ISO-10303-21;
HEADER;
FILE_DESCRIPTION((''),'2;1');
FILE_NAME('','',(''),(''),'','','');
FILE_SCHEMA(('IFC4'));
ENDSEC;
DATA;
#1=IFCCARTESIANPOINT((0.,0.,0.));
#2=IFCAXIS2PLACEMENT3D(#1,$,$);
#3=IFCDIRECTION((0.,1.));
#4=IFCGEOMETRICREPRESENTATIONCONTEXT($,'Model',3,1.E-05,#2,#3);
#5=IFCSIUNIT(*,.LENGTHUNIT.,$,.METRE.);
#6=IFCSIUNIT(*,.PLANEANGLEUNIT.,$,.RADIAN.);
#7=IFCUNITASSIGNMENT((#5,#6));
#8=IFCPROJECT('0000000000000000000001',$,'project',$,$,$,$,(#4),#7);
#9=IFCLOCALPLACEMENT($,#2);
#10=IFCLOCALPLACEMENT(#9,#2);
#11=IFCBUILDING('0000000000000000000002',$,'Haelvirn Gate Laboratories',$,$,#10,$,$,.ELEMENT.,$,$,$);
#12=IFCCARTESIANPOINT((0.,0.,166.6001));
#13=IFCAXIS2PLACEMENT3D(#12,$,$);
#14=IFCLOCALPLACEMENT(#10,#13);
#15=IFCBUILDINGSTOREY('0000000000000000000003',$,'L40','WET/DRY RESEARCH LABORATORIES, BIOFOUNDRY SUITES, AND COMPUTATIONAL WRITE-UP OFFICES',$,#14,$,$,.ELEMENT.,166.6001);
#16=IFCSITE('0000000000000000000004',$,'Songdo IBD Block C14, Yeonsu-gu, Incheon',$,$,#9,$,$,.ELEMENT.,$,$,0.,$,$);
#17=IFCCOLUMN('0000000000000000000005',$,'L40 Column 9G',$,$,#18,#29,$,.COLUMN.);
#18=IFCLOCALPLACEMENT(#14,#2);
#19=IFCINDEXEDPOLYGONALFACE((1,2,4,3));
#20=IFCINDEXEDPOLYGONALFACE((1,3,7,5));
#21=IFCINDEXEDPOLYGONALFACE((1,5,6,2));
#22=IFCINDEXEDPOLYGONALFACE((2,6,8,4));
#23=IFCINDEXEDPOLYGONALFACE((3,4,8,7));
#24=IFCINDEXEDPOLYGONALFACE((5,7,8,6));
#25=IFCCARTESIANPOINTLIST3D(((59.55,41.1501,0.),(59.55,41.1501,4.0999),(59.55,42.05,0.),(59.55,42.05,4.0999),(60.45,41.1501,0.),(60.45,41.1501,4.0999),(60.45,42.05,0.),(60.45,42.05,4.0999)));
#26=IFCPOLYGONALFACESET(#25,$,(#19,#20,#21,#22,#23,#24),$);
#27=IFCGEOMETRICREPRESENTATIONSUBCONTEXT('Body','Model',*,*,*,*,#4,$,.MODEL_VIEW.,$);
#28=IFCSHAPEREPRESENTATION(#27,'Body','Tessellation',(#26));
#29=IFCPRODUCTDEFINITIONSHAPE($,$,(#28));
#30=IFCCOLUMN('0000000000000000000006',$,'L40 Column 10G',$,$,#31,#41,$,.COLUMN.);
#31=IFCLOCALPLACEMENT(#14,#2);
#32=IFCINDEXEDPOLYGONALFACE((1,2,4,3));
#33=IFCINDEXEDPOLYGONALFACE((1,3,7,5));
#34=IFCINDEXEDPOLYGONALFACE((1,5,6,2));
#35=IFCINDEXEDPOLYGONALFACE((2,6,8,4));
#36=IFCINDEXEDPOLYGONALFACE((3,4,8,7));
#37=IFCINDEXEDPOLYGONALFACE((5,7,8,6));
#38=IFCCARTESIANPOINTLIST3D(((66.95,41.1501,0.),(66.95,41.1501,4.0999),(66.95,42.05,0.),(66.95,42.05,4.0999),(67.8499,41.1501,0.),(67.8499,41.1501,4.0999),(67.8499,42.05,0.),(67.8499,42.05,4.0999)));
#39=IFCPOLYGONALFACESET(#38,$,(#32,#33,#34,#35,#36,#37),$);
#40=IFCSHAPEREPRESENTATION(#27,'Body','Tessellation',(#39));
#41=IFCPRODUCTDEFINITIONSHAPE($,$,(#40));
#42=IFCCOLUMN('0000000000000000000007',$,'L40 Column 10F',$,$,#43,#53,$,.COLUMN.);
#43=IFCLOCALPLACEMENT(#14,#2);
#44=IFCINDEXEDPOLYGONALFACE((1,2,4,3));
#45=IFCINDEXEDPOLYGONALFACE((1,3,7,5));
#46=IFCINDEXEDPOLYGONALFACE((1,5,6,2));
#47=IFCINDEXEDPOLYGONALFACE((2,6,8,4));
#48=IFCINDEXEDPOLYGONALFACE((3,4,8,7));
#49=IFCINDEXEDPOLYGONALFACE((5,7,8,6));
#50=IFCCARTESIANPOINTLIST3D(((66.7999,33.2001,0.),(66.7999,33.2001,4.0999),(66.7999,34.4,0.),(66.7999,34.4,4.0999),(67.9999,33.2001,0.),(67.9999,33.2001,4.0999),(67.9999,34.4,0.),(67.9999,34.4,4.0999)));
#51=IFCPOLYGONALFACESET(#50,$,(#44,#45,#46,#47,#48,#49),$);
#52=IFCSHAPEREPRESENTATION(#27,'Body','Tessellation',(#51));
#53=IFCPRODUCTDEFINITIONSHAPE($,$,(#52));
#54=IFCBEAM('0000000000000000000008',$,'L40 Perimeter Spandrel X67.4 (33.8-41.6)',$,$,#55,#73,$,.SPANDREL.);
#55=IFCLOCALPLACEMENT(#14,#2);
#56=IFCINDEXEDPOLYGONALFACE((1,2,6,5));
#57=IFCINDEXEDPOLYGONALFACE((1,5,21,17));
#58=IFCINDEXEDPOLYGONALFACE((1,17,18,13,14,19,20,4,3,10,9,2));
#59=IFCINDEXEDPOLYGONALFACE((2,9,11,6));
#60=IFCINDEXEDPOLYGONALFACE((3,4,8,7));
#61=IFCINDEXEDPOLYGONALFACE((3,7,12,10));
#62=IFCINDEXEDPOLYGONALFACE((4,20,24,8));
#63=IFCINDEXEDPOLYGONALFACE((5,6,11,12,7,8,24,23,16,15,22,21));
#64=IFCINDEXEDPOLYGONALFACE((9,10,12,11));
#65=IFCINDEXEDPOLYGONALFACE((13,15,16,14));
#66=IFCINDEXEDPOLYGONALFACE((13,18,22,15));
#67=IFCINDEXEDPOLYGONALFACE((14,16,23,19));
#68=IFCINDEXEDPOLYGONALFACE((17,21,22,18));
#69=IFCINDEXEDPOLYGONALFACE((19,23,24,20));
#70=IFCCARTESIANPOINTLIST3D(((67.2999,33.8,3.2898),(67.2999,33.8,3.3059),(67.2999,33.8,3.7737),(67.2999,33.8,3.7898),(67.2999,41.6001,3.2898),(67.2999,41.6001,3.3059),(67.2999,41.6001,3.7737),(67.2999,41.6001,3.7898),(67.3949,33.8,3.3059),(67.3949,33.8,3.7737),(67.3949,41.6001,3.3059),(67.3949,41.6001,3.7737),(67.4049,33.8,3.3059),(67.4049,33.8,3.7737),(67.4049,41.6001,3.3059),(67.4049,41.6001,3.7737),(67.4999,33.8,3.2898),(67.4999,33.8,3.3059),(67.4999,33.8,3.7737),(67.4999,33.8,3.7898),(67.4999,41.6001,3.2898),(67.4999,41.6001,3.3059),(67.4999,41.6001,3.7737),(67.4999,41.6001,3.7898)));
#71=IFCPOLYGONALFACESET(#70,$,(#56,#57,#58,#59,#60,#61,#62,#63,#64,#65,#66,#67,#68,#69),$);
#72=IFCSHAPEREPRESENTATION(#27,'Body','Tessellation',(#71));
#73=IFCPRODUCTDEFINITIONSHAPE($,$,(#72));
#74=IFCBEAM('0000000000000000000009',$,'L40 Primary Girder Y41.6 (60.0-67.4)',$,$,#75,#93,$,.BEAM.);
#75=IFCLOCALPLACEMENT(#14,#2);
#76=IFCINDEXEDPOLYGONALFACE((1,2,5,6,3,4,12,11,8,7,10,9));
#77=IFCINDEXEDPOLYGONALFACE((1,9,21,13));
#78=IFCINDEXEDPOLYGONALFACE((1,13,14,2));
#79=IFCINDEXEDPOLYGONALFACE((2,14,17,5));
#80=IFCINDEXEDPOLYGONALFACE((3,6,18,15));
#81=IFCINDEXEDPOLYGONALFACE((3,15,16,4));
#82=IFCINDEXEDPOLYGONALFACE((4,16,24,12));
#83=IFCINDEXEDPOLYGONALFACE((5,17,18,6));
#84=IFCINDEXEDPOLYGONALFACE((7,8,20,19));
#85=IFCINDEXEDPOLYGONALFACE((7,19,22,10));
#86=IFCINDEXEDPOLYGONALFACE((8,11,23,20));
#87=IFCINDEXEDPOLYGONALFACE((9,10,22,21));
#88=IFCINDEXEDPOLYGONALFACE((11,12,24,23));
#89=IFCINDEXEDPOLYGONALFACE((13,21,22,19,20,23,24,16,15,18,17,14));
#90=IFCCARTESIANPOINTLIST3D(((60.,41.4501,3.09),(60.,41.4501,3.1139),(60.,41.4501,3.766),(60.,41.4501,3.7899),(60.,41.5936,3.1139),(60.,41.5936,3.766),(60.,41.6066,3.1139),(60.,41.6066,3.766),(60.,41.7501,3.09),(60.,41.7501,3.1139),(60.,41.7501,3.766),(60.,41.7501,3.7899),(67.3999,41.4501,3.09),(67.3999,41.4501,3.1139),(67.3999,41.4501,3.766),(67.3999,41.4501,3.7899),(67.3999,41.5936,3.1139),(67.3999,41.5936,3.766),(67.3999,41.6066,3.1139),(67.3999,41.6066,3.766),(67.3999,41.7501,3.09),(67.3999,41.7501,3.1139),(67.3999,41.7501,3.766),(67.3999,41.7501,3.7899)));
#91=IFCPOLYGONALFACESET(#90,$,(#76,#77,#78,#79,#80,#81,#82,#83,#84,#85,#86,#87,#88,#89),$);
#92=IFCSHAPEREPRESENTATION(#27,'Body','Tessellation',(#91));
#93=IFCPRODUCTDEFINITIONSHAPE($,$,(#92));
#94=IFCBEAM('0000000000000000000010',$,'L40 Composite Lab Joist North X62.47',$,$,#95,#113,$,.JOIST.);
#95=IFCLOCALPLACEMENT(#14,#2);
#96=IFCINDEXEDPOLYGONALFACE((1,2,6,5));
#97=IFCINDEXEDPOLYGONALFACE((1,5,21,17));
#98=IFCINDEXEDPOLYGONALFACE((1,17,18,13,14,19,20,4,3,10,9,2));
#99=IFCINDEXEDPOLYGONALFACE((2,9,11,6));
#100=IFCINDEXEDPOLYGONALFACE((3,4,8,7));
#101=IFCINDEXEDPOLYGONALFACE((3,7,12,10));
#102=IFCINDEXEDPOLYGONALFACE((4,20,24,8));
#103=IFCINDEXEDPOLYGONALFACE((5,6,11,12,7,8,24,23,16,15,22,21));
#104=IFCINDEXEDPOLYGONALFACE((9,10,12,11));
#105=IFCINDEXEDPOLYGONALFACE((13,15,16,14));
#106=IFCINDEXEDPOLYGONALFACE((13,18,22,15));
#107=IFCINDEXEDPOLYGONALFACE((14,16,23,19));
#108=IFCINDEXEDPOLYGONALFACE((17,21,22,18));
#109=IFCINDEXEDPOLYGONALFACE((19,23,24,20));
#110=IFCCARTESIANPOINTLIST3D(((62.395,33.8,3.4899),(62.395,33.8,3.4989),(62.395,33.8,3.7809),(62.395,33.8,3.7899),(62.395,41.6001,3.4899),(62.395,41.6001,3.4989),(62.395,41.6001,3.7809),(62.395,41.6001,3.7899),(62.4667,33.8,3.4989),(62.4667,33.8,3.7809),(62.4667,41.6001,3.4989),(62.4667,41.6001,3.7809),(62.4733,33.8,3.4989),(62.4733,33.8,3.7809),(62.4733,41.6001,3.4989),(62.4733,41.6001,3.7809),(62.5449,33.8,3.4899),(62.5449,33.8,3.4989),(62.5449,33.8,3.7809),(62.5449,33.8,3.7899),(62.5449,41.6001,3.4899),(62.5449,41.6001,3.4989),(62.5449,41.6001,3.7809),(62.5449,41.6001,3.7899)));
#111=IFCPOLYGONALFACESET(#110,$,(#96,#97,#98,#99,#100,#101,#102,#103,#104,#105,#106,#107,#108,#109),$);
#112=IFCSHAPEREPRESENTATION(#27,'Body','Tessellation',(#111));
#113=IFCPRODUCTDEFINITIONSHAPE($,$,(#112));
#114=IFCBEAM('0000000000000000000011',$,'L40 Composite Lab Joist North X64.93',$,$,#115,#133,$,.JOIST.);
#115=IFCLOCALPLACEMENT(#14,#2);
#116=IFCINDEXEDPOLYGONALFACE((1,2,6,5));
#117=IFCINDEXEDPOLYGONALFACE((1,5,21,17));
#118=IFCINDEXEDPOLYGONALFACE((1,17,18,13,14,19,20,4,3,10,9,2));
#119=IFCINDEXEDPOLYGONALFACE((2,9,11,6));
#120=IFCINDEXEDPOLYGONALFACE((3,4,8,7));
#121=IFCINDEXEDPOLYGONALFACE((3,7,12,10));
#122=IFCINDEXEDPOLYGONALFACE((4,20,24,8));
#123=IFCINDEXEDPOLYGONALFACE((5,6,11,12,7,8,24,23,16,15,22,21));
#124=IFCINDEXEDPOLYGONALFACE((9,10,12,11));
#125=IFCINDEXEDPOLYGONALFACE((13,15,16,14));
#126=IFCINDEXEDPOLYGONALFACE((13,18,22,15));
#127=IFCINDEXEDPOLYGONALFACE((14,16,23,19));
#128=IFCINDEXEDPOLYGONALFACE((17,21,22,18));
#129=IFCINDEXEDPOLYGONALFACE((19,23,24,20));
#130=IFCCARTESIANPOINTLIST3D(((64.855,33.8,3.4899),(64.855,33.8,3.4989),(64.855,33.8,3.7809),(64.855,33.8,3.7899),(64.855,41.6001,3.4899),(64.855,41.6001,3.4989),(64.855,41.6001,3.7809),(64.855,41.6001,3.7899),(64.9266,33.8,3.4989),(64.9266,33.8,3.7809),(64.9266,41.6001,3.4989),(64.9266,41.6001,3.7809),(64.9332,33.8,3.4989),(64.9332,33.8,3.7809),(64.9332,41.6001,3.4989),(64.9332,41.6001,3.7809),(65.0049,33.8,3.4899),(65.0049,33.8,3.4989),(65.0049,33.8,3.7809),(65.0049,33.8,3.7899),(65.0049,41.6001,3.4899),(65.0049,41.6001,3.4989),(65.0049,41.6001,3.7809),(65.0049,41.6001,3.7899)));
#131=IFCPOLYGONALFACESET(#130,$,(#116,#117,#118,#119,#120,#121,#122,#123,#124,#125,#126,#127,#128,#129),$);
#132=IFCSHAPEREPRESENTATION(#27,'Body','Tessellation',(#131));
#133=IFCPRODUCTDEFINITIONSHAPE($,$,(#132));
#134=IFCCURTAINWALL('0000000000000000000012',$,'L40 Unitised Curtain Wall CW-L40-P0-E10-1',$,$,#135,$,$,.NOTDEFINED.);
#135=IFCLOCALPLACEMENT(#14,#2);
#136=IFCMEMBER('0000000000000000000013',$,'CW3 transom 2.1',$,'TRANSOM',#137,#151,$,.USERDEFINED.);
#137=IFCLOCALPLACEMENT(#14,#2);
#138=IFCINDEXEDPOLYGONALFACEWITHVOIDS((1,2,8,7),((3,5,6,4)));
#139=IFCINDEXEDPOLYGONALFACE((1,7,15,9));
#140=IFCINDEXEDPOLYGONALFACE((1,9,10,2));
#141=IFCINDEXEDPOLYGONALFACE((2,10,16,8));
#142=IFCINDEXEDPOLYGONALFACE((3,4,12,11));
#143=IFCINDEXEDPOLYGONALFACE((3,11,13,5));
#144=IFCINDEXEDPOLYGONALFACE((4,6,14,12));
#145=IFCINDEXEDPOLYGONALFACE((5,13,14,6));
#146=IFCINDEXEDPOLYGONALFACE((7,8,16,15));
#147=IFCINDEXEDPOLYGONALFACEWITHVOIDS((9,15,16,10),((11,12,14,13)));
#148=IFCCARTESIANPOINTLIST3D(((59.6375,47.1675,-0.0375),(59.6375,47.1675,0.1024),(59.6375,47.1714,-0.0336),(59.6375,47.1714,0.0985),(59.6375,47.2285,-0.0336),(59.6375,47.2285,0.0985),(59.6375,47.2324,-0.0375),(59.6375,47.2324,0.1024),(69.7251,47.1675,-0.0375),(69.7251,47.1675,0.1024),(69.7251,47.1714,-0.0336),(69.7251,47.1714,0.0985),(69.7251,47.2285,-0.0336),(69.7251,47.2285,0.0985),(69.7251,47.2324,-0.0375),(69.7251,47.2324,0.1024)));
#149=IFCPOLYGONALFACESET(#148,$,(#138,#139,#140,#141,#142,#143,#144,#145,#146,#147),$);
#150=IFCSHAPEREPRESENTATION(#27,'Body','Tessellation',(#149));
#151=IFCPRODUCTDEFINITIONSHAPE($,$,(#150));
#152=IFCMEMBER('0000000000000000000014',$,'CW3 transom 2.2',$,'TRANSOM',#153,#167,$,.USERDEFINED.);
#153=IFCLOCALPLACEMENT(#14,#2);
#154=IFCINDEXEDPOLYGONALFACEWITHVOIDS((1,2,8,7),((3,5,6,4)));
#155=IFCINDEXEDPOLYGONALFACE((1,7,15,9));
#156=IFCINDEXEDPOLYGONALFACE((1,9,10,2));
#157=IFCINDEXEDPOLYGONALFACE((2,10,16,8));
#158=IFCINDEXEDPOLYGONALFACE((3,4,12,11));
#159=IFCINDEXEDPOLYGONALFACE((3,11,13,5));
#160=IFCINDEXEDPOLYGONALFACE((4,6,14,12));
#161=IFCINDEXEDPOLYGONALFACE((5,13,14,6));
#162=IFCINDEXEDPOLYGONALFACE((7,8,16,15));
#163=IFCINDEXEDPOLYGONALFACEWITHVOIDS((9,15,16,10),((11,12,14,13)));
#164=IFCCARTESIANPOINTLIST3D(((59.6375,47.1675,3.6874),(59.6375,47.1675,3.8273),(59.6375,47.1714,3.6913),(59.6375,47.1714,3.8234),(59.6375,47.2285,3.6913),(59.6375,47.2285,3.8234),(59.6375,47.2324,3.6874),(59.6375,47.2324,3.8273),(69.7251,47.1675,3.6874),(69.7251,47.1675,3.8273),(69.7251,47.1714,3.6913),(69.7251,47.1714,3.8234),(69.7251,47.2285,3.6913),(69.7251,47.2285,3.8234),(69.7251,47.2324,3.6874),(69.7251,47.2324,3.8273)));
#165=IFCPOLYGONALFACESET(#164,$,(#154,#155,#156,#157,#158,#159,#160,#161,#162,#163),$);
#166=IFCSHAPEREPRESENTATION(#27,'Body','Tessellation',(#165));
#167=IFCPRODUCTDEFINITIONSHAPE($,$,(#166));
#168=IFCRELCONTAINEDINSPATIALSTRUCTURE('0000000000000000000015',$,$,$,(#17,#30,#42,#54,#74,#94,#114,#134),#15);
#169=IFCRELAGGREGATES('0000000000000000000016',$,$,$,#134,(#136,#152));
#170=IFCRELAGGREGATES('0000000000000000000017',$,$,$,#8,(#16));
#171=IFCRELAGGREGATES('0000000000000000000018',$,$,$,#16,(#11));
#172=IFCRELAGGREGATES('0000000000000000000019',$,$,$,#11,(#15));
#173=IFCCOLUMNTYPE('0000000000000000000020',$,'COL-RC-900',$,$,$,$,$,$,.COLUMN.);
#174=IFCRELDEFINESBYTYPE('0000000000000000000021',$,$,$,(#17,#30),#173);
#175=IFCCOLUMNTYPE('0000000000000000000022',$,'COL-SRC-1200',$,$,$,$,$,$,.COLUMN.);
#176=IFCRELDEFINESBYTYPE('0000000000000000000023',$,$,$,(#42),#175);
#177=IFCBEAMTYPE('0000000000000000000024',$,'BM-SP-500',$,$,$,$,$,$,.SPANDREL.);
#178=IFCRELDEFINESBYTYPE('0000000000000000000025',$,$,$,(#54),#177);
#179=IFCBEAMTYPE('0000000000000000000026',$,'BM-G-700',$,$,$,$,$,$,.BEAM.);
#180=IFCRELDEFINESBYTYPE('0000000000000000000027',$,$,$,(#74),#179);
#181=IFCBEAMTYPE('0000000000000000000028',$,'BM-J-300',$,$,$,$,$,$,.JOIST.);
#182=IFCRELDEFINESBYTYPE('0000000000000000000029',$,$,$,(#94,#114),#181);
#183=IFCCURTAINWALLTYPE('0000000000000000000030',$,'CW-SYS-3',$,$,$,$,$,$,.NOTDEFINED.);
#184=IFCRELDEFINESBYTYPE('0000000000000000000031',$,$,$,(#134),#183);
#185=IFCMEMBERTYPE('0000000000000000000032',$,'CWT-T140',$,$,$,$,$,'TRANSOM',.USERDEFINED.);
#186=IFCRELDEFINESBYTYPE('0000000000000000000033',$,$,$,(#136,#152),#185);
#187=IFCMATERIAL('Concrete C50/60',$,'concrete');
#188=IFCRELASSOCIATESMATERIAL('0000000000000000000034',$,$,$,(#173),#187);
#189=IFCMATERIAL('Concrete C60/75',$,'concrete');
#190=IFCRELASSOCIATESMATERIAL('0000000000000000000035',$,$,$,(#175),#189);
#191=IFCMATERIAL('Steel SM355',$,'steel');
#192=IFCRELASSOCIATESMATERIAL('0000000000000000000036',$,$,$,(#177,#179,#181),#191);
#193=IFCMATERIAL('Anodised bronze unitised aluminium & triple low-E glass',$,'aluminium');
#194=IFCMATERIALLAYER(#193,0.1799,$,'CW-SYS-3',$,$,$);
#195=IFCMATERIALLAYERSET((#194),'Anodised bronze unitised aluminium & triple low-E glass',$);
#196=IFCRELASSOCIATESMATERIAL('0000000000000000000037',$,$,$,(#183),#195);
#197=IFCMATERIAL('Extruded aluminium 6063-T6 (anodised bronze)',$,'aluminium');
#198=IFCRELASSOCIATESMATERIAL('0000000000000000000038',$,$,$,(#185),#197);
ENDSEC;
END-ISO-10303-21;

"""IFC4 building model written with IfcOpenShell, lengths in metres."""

from ifc_helpers import new_model, si_unit, direction, frame, origin, origin_2d, place, context, subcontext, project, spatial, rectangle, hollow_rectangle, i_section, extrude, source, transform, mapped, material, layer, layer_set, material_profile, profile_set, type_object, type_shapes, element, aggregate, save


model = new_model("IFC4")

# Units and contexts
model_context = context("Model", 3, precision=1e-05, world=origin(), true_north=direction((0.0, 1.0)))
body_context = subcontext(model_context, "Body", "Model", "MODEL_VIEW")
ifc_project = project(units=[si_unit("LENGTHUNIT", "METRE"), si_unit("PLANEANGLEUNIT", "RADIAN")], contexts=[model_context])

# Site, building, storey
site_placement = place(None, origin())
site = spatial("IfcSite", under=ifc_project, at=site_placement, Name="Songdo IBD Block C14, Yeonsu-gu, Incheon", CompositionType="ELEMENT", RefElevation=0.0)
building_placement = place(site_placement, origin())
building = spatial("IfcBuilding", under=site, at=building_placement, Name="Haelvirn Gate Laboratories", CompositionType="ELEMENT")
storey_placement = place(building_placement, frame((0.0, 0.0, 166.6001)))
storey = spatial("IfcBuildingStorey", under=building, at=storey_placement, Name="L40", Description="WET/DRY RESEARCH LABORATORIES, BIOFOUNDRY SUITES, AND COMPUTATIONAL WRITE-UP OFFICES", CompositionType="ELEMENT", Elevation=166.6001)

# Columns
ifc_material_1 = material(Name="Concrete C50/60", Category="concrete")
ifc_material_profile_1 = material_profile(ifc_material_1, rectangle(XDim=0.8999, YDim=0.8999, at=origin_2d()), Name="RC-900x900")
ifc_profile_set_1 = profile_set([ifc_material_profile_1], Name="Concrete C50/60")
column_type_1 = type_object("IfcColumnType", Name="COL-RC-900", PredefinedType="COLUMN", material=ifc_profile_set_1)
shared_shape_1 = source(origin(), body_context, "Body", "SweptSolid", [
    extrude(rectangle(XDim=0.8999, YDim=0.8999, at=origin_2d()), origin(), (0.0, 0.0, 1.0), 4.0999),
])
type_shapes(column_type_1, [shared_shape_1])
for number, where, z_axis, x_axis, name in (
    (1, (60.0, 41.6001, 0.0), (0.0, 0.0, 1.0), (1.0, 0.0, 0.0), "L40 Column 9G"),
    (2, (67.3999, 41.6001, 0.0), (0.0, 0.0, 1.0), (1.0, 0.0, 0.0), "L40 Column 10G"),
):
    element("IfcColumn", number, at=place(storey_placement, frame(where, z_axis=z_axis, x_axis=x_axis)), inside=storey, type_object=column_type_1, Name=name, PredefinedType="COLUMN", context=body_context, shape_type="MappedRepresentation", body=[
        mapped(shared_shape_1, transform((0.0, 0.0, 0.0), scale=1.0)),
    ])
ifc_material_2 = material(Name="Concrete C60/75", Category="concrete")
ifc_material_profile_2 = material_profile(ifc_material_2, rectangle(XDim=1.2, YDim=1.2, at=origin_2d()), Name="SRC-1200x1200")
ifc_profile_set_2 = profile_set([ifc_material_profile_2], Name="Concrete C60/75")
column_type_2 = type_object("IfcColumnType", Name="COL-SRC-1200", PredefinedType="COLUMN", material=ifc_profile_set_2)
shared_shape_2 = source(origin(), body_context, "Body", "SweptSolid", [
    extrude(rectangle(XDim=1.2, YDim=1.2, at=origin_2d()), origin(), (0.0, 0.0, 1.0), 4.0999),
])
type_shapes(column_type_2, [shared_shape_2])
column_placement = place(storey_placement, frame((67.3999, 33.8, 0.0), z_axis=(0.0, 0.0, 1.0), x_axis=(1.0, 0.0, 0.0)))
element("IfcColumn", 3, at=column_placement, inside=storey, type_object=column_type_2, Name="L40 Column 10F", PredefinedType="COLUMN", context=body_context, shape_type="MappedRepresentation", body=[
    mapped(shared_shape_2, transform((0.0, 0.0, 0.0), scale=1.0)),
])

# Beams
ifc_material_3 = material(Name="Steel SM355", Category="steel")
ifc_material_profile_3 = material_profile(ifc_material_3, i_section(OverallWidth=0.2, OverallDepth=0.5, WebThickness=0.01, FlangeThickness=0.0161, at=origin_2d()), Name="H-500x200x10x16")
ifc_profile_set_3 = profile_set([ifc_material_profile_3], Name="Steel SM355")
beam_type_1 = type_object("IfcBeamType", Name="BM-SP-500", PredefinedType="SPANDREL", material=ifc_profile_set_3)
shared_shape_3 = source(origin(), body_context, "Body", "SweptSolid", [
    extrude(i_section(OverallWidth=0.2, OverallDepth=0.5, WebThickness=0.01, FlangeThickness=0.0161, at=origin_2d()), origin(), (0.0, 0.0, 1.0), 7.8),
])
type_shapes(beam_type_1, [shared_shape_3])
beam_1_placement = place(storey_placement, frame((67.3999, 33.8, 3.5398), z_axis=(0.0, 1.0, 0.0), x_axis=(-1.0, 0.0, 0.0)))
element("IfcBeam", 4, at=beam_1_placement, inside=storey, type_object=beam_type_1, Name="L40 Perimeter Spandrel X67.4 (33.8-41.6)", PredefinedType="SPANDREL", context=body_context, shape_type="MappedRepresentation", body=[
    mapped(shared_shape_3, transform((0.0, 0.0, 0.0), scale=1.0)),
])
ifc_material_profile_4 = material_profile(ifc_material_3, i_section(OverallWidth=0.3, OverallDepth=0.7, WebThickness=0.0129, FlangeThickness=0.0239, at=origin_2d()), Name="H-700x300x13x24")
ifc_profile_set_4 = profile_set([ifc_material_profile_4], Name="Steel SM355")
beam_type_2 = type_object("IfcBeamType", Name="BM-G-700", PredefinedType="BEAM", material=ifc_profile_set_4)
shared_shape_4 = source(origin(), body_context, "Body", "SweptSolid", [
    extrude(i_section(OverallWidth=0.3, OverallDepth=0.7, WebThickness=0.0129, FlangeThickness=0.0239, at=origin_2d()), origin(), (0.0, 0.0, 1.0), 7.3999),
])
type_shapes(beam_type_2, [shared_shape_4])
beam_2_placement = place(storey_placement, frame((60.0, 41.6001, 3.4399), z_axis=(1.0, 0.0, 0.0), x_axis=(0.0, 1.0, 0.0)))
element("IfcBeam", 5, at=beam_2_placement, inside=storey, type_object=beam_type_2, Name="L40 Primary Girder Y41.6 (60.0-67.4)", PredefinedType="BEAM", context=body_context, shape_type="MappedRepresentation", body=[
    mapped(shared_shape_4, transform((0.0, 0.0, 0.0), scale=1.0)),
])
ifc_material_profile_5 = material_profile(ifc_material_3, i_section(OverallWidth=0.1499, OverallDepth=0.3, WebThickness=0.0066, FlangeThickness=0.009, at=origin_2d()), Name="H-300x150x6.5x9")
ifc_profile_set_5 = profile_set([ifc_material_profile_5], Name="Steel SM355")
beam_type_3 = type_object("IfcBeamType", Name="BM-J-300", PredefinedType="JOIST", material=ifc_profile_set_5)
shared_shape_5 = source(origin(), body_context, "Body", "SweptSolid", [
    extrude(i_section(OverallWidth=0.1499, OverallDepth=0.3, WebThickness=0.0066, FlangeThickness=0.009, at=origin_2d()), origin(), (0.0, 0.0, 1.0), 7.8),
])
type_shapes(beam_type_3, [shared_shape_5])
for number, where, z_axis, x_axis, name in (
    (6, (62.47, 33.8, 3.6399), (0.0, 1.0, 0.0), (-1.0, 0.0, 0.0), "L40 Composite Lab Joist North X62.47"),
    (7, (64.9299, 33.8, 3.6399), (0.0, 1.0, 0.0), (-1.0, 0.0, 0.0), "L40 Composite Lab Joist North X64.93"),
):
    element("IfcBeam", number, at=place(storey_placement, frame(where, z_axis=z_axis, x_axis=x_axis)), inside=storey, type_object=beam_type_3, Name=name, PredefinedType="JOIST", context=body_context, shape_type="MappedRepresentation", body=[
        mapped(shared_shape_5, transform((0.0, 0.0, 0.0), scale=1.0)),
    ])

# Curtain wall, members
ifc_material_4 = material(Name="Anodised bronze unitised aluminium & triple low-E glass", Category="aluminium")
ifc_layer_1 = layer(ifc_material_4, 0.1799, Name="CW-SYS-3")
ifc_layer_set_1 = layer_set([ifc_layer_1], Name="Anodised bronze unitised aluminium & triple low-E glass")
curtain_wall_type_1 = type_object("IfcCurtainWallType", Name="CW-SYS-3", PredefinedType="NOTDEFINED", material=ifc_layer_set_1)
curtain_wall_1_placement = place(storey_placement, origin())
curtain_wall_1 = element("IfcCurtainWall", 8, at=curtain_wall_1_placement, inside=storey, type_object=curtain_wall_type_1, Name="L40 Unitised Curtain Wall CW-L40-P0-E10-1", PredefinedType="NOTDEFINED")
ifc_material_5 = material(Name="Extruded aluminium 6063-T6 (anodised bronze)", Category="aluminium")
ifc_material_profile_6 = material_profile(ifc_material_5, hollow_rectangle(XDim=0.0649, YDim=0.1399, WallThickness=0.0039, at=origin_2d()), Name="CWT-140x65x4")
ifc_profile_set_6 = profile_set([ifc_material_profile_6], Name="Extruded aluminium 6063-T6 (anodised bronze)")
member_type_1 = type_object("IfcMemberType", Name="CWT-T140", ElementType="TRANSOM", PredefinedType="USERDEFINED", material=ifc_profile_set_6)
shared_shape_6 = source(origin(), body_context, "Body", "SweptSolid", [
    extrude(hollow_rectangle(XDim=0.0649, YDim=0.1399, WallThickness=0.0039, at=origin_2d()), origin(), (0.0, 0.0, 1.0), 10.0876),
])
member_1_placement = place(storey_placement, frame((59.6375, 47.2, 0.0325), z_axis=(1.0, 0.0, 0.0), x_axis=(0.0, 1.0, 0.0)))
member_1 = element("IfcMember", 9, at=member_1_placement, type_object=member_type_1, Name="CW3 transom 2.1", ObjectType="TRANSOM", PredefinedType="USERDEFINED", context=body_context, shape_type="MappedRepresentation", body=[
    mapped(shared_shape_6, transform((0.0, 0.0, 0.0), scale=1.0)),
])
member_2_placement = place(storey_placement, frame((59.6375, 47.2, 3.7573), z_axis=(1.0, 0.0, 0.0), x_axis=(0.0, 1.0, 0.0)))
member_2 = element("IfcMember", 10, at=member_2_placement, type_object=member_type_1, Name="CW3 transom 2.2", ObjectType="TRANSOM", PredefinedType="USERDEFINED", context=body_context, shape_type="MappedRepresentation", body=[
    mapped(shared_shape_6, transform((0.0, 0.0, 0.0), scale=1.0)),
])

aggregate(curtain_wall_1, [member_1, member_2])

save(model, "model.ifc")
